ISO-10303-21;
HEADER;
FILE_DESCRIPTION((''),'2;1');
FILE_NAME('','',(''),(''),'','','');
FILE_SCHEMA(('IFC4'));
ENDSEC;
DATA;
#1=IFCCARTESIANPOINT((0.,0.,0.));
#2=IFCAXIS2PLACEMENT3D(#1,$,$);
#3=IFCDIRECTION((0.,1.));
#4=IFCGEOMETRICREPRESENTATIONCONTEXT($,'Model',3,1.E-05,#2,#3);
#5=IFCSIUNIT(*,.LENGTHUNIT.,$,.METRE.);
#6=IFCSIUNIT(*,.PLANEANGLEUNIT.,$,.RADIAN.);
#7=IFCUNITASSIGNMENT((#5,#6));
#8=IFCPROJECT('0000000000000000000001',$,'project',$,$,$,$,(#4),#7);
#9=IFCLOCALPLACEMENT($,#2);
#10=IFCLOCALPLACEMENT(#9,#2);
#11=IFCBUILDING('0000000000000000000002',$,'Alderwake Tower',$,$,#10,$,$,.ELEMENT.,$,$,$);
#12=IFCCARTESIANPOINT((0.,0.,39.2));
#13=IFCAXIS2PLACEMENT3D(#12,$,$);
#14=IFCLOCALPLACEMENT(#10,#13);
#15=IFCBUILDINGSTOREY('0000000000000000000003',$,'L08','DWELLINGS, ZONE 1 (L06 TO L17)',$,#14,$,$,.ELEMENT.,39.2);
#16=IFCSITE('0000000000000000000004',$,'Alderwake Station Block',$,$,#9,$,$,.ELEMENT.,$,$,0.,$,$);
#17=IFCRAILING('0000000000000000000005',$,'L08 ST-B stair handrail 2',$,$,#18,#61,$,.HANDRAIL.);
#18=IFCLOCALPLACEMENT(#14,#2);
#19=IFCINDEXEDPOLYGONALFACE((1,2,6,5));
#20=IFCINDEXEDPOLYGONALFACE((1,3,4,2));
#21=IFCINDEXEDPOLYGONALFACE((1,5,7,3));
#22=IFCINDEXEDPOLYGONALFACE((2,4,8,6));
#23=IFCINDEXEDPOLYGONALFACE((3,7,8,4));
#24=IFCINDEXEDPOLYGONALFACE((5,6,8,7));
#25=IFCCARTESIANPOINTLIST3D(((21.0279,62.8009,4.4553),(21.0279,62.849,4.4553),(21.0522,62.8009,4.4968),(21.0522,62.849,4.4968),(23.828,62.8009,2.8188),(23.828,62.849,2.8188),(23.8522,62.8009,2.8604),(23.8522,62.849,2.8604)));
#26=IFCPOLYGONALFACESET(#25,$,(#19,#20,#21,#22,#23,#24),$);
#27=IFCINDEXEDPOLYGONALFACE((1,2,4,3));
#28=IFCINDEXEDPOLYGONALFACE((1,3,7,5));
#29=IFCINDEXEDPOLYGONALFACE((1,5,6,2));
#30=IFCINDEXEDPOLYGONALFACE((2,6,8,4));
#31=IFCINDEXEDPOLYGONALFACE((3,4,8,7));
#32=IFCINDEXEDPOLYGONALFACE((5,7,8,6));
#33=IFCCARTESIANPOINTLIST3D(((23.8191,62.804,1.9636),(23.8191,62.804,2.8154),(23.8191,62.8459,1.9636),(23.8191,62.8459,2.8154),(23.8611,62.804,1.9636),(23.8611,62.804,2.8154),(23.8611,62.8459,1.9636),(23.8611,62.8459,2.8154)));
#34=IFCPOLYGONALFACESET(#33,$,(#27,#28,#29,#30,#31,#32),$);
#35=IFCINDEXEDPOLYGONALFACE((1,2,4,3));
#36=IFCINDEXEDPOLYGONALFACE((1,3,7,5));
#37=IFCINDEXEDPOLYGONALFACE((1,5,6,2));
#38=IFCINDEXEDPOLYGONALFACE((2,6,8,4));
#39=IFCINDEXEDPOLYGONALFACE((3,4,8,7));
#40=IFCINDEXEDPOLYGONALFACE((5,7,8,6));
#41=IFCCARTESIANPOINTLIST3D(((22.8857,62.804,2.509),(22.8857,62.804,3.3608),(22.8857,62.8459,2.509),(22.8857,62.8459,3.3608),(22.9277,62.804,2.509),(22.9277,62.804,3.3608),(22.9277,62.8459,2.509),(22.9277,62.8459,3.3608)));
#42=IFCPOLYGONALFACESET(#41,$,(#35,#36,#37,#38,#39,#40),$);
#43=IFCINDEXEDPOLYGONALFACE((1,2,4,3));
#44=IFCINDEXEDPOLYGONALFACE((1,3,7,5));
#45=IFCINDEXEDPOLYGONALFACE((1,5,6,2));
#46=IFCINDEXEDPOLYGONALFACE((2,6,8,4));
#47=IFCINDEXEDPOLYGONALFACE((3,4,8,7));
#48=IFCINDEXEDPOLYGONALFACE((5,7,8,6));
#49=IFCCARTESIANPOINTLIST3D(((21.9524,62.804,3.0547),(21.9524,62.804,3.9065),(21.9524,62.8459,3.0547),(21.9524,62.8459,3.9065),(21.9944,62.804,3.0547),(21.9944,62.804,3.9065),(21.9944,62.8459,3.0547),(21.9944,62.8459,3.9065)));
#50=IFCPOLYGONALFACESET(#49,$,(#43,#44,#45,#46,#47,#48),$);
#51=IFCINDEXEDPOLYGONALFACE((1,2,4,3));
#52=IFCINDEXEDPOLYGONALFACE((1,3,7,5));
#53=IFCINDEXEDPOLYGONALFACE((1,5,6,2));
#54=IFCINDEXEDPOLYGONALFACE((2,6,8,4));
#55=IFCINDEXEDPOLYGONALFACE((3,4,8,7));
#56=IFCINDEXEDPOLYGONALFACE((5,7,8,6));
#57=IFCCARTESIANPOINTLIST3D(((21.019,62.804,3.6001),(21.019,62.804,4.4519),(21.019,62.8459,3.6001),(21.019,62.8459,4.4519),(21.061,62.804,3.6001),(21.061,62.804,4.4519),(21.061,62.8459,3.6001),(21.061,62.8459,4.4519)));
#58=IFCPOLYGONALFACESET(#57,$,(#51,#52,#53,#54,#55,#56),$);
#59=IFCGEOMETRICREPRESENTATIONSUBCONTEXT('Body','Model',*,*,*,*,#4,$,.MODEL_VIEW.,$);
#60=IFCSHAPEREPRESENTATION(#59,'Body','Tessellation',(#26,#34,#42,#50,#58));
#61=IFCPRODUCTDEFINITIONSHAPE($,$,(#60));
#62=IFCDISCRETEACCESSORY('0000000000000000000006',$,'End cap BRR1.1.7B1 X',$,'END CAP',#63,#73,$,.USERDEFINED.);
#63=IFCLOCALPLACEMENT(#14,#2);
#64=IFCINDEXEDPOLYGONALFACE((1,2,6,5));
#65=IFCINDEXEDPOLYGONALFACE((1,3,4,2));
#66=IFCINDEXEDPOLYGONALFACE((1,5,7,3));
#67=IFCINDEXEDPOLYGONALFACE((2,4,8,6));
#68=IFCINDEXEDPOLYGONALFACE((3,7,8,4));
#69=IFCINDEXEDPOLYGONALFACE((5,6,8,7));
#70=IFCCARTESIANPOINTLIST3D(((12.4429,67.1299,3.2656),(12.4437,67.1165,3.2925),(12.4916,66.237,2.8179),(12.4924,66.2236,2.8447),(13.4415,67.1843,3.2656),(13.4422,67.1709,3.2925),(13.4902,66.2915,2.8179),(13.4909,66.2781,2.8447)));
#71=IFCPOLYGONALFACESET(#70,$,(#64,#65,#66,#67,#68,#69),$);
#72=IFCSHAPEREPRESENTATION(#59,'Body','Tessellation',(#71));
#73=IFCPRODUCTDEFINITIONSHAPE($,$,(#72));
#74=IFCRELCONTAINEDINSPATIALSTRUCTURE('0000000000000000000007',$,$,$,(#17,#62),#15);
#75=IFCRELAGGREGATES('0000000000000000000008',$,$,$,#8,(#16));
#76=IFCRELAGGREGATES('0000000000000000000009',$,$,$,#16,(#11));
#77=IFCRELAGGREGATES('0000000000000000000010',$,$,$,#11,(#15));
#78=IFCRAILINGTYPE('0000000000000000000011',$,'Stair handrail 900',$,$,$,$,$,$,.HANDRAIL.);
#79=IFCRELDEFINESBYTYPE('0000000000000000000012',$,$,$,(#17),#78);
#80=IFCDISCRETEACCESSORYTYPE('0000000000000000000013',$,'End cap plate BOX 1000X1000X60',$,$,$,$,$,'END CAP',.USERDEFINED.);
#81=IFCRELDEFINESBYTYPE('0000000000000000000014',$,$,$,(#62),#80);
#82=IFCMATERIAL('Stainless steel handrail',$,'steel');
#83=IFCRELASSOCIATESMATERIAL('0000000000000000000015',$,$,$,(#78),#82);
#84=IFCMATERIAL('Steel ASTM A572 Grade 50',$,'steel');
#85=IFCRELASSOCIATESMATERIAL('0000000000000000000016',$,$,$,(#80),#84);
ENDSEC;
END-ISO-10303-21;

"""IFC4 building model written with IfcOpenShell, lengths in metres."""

from ifc_helpers import new_model, si_unit, direction, frame, origin, origin_2d, place, context, subcontext, project, spatial, rectangle, extrude, material, material_profile, profile_set, type_object, element, save


model = new_model("IFC4")

# Units and contexts
model_context = context("Model", 3, precision=1e-05, world=origin(), true_north=direction((0.0, 1.0)))
body_context = subcontext(model_context, "Body", "Model", "MODEL_VIEW")
ifc_project = project(units=[si_unit("LENGTHUNIT", "METRE"), si_unit("PLANEANGLEUNIT", "RADIAN")], contexts=[model_context])

# Site, building, storey
site_placement = place(None, origin())
site = spatial("IfcSite", under=ifc_project, at=site_placement, Name="Alderwake Station Block", CompositionType="ELEMENT", RefElevation=0.0)
building_placement = place(site_placement, origin())
building = spatial("IfcBuilding", under=site, at=building_placement, Name="Alderwake Tower", CompositionType="ELEMENT")
storey_placement = place(building_placement, frame((0.0, 0.0, 39.2)))
storey = spatial("IfcBuildingStorey", under=building, at=storey_placement, Name="L08", Description="DWELLINGS, ZONE 1 (L06 TO L17)", CompositionType="ELEMENT", Elevation=39.2)

# Railing
ifc_material_1 = material(Name="Stainless steel handrail", Category="steel")
railing_type_1 = type_object("IfcRailingType", Name="Stair handrail 900", PredefinedType="HANDRAIL", material=ifc_material_1)
railing_1_placement = place(storey_placement, frame((23.8401, 62.825, 1.9636)))
element("IfcRailing", 1, at=railing_1_placement, inside=storey, type_object=railing_type_1, Name="L08 ST-B stair handrail 2", PredefinedType="HANDRAIL", context=body_context, shape_type="SweptSolid", body=[
    extrude(rectangle(XDim=0.0481, YDim=0.0481, at=origin_2d()), frame((0.0, 0.0, 0.876), z_axis=(-0.863361, 0.0, 0.504587), x_axis=(0.0, -1.0, 0.0)), (0.0, 0.0, 1.0), 3.2432),
    extrude(rectangle(XDim=0.042, YDim=0.042, at=origin_2d()), frame((0.0, 0.0, 0.0), z_axis=(0.0, 0.0, 1.0), x_axis=(-1.0, 0.0, 0.0)), (0.0, 0.0, 1.0), 0.8518),
    extrude(rectangle(XDim=0.042, YDim=0.042, at=origin_2d()), frame((-0.9333, 0.0, 0.5454), z_axis=(0.0, 0.0, 1.0), x_axis=(-1.0, 0.0, 0.0)), (0.0, 0.0, 1.0), 0.8518),
    extrude(rectangle(XDim=0.042, YDim=0.042, at=origin_2d()), frame((-1.8667, 0.0, 1.0911), z_axis=(0.0, 0.0, 1.0), x_axis=(-1.0, 0.0, 0.0)), (0.0, 0.0, 1.0), 0.8518),
    extrude(rectangle(XDim=0.042, YDim=0.042, at=origin_2d()), frame((-2.8, 0.0, 1.6365), z_axis=(0.0, 0.0, 1.0), x_axis=(-1.0, 0.0, 0.0)), (0.0, 0.0, 1.0), 0.8518),
])

# Discrete accessory
ifc_material_2 = material(Name="Steel ASTM A572 Grade 50", Category="steel")
ifc_material_profile_1 = material_profile(ifc_material_2, rectangle(XDim=1.0, YDim=1.0, at=origin_2d()), Name="BOX 1000X1000X60 cap")
ifc_profile_set_1 = profile_set([ifc_material_profile_1], Name="Steel ASTM A572 Grade 50")
discrete_accessory_type = type_object("IfcDiscreteAccessoryType", Name="End cap plate BOX 1000X1000X60", ElementType="END CAP", PredefinedType="USERDEFINED", material=ifc_profile_set_1)
discrete_accessory_placement = place(storey_placement, frame((12.9666, 66.7107, 3.0417), z_axis=(0.024386, -0.447081, 0.894161), x_axis=(0.998516, 0.054464, 0.0)))
element("IfcDiscreteAccessory", 2, at=discrete_accessory_placement, inside=storey, type_object=discrete_accessory_type, Name="End cap BRR1.1.7B1 X", ObjectType="END CAP", PredefinedType="USERDEFINED", context=body_context, shape_type="SweptSolid", body=[
    extrude(rectangle(XDim=1.0, YDim=1.0, at=origin_2d()), origin(), (0.0, 0.0, 1.0), 0.03),
])

save(model, "model.ifc")
